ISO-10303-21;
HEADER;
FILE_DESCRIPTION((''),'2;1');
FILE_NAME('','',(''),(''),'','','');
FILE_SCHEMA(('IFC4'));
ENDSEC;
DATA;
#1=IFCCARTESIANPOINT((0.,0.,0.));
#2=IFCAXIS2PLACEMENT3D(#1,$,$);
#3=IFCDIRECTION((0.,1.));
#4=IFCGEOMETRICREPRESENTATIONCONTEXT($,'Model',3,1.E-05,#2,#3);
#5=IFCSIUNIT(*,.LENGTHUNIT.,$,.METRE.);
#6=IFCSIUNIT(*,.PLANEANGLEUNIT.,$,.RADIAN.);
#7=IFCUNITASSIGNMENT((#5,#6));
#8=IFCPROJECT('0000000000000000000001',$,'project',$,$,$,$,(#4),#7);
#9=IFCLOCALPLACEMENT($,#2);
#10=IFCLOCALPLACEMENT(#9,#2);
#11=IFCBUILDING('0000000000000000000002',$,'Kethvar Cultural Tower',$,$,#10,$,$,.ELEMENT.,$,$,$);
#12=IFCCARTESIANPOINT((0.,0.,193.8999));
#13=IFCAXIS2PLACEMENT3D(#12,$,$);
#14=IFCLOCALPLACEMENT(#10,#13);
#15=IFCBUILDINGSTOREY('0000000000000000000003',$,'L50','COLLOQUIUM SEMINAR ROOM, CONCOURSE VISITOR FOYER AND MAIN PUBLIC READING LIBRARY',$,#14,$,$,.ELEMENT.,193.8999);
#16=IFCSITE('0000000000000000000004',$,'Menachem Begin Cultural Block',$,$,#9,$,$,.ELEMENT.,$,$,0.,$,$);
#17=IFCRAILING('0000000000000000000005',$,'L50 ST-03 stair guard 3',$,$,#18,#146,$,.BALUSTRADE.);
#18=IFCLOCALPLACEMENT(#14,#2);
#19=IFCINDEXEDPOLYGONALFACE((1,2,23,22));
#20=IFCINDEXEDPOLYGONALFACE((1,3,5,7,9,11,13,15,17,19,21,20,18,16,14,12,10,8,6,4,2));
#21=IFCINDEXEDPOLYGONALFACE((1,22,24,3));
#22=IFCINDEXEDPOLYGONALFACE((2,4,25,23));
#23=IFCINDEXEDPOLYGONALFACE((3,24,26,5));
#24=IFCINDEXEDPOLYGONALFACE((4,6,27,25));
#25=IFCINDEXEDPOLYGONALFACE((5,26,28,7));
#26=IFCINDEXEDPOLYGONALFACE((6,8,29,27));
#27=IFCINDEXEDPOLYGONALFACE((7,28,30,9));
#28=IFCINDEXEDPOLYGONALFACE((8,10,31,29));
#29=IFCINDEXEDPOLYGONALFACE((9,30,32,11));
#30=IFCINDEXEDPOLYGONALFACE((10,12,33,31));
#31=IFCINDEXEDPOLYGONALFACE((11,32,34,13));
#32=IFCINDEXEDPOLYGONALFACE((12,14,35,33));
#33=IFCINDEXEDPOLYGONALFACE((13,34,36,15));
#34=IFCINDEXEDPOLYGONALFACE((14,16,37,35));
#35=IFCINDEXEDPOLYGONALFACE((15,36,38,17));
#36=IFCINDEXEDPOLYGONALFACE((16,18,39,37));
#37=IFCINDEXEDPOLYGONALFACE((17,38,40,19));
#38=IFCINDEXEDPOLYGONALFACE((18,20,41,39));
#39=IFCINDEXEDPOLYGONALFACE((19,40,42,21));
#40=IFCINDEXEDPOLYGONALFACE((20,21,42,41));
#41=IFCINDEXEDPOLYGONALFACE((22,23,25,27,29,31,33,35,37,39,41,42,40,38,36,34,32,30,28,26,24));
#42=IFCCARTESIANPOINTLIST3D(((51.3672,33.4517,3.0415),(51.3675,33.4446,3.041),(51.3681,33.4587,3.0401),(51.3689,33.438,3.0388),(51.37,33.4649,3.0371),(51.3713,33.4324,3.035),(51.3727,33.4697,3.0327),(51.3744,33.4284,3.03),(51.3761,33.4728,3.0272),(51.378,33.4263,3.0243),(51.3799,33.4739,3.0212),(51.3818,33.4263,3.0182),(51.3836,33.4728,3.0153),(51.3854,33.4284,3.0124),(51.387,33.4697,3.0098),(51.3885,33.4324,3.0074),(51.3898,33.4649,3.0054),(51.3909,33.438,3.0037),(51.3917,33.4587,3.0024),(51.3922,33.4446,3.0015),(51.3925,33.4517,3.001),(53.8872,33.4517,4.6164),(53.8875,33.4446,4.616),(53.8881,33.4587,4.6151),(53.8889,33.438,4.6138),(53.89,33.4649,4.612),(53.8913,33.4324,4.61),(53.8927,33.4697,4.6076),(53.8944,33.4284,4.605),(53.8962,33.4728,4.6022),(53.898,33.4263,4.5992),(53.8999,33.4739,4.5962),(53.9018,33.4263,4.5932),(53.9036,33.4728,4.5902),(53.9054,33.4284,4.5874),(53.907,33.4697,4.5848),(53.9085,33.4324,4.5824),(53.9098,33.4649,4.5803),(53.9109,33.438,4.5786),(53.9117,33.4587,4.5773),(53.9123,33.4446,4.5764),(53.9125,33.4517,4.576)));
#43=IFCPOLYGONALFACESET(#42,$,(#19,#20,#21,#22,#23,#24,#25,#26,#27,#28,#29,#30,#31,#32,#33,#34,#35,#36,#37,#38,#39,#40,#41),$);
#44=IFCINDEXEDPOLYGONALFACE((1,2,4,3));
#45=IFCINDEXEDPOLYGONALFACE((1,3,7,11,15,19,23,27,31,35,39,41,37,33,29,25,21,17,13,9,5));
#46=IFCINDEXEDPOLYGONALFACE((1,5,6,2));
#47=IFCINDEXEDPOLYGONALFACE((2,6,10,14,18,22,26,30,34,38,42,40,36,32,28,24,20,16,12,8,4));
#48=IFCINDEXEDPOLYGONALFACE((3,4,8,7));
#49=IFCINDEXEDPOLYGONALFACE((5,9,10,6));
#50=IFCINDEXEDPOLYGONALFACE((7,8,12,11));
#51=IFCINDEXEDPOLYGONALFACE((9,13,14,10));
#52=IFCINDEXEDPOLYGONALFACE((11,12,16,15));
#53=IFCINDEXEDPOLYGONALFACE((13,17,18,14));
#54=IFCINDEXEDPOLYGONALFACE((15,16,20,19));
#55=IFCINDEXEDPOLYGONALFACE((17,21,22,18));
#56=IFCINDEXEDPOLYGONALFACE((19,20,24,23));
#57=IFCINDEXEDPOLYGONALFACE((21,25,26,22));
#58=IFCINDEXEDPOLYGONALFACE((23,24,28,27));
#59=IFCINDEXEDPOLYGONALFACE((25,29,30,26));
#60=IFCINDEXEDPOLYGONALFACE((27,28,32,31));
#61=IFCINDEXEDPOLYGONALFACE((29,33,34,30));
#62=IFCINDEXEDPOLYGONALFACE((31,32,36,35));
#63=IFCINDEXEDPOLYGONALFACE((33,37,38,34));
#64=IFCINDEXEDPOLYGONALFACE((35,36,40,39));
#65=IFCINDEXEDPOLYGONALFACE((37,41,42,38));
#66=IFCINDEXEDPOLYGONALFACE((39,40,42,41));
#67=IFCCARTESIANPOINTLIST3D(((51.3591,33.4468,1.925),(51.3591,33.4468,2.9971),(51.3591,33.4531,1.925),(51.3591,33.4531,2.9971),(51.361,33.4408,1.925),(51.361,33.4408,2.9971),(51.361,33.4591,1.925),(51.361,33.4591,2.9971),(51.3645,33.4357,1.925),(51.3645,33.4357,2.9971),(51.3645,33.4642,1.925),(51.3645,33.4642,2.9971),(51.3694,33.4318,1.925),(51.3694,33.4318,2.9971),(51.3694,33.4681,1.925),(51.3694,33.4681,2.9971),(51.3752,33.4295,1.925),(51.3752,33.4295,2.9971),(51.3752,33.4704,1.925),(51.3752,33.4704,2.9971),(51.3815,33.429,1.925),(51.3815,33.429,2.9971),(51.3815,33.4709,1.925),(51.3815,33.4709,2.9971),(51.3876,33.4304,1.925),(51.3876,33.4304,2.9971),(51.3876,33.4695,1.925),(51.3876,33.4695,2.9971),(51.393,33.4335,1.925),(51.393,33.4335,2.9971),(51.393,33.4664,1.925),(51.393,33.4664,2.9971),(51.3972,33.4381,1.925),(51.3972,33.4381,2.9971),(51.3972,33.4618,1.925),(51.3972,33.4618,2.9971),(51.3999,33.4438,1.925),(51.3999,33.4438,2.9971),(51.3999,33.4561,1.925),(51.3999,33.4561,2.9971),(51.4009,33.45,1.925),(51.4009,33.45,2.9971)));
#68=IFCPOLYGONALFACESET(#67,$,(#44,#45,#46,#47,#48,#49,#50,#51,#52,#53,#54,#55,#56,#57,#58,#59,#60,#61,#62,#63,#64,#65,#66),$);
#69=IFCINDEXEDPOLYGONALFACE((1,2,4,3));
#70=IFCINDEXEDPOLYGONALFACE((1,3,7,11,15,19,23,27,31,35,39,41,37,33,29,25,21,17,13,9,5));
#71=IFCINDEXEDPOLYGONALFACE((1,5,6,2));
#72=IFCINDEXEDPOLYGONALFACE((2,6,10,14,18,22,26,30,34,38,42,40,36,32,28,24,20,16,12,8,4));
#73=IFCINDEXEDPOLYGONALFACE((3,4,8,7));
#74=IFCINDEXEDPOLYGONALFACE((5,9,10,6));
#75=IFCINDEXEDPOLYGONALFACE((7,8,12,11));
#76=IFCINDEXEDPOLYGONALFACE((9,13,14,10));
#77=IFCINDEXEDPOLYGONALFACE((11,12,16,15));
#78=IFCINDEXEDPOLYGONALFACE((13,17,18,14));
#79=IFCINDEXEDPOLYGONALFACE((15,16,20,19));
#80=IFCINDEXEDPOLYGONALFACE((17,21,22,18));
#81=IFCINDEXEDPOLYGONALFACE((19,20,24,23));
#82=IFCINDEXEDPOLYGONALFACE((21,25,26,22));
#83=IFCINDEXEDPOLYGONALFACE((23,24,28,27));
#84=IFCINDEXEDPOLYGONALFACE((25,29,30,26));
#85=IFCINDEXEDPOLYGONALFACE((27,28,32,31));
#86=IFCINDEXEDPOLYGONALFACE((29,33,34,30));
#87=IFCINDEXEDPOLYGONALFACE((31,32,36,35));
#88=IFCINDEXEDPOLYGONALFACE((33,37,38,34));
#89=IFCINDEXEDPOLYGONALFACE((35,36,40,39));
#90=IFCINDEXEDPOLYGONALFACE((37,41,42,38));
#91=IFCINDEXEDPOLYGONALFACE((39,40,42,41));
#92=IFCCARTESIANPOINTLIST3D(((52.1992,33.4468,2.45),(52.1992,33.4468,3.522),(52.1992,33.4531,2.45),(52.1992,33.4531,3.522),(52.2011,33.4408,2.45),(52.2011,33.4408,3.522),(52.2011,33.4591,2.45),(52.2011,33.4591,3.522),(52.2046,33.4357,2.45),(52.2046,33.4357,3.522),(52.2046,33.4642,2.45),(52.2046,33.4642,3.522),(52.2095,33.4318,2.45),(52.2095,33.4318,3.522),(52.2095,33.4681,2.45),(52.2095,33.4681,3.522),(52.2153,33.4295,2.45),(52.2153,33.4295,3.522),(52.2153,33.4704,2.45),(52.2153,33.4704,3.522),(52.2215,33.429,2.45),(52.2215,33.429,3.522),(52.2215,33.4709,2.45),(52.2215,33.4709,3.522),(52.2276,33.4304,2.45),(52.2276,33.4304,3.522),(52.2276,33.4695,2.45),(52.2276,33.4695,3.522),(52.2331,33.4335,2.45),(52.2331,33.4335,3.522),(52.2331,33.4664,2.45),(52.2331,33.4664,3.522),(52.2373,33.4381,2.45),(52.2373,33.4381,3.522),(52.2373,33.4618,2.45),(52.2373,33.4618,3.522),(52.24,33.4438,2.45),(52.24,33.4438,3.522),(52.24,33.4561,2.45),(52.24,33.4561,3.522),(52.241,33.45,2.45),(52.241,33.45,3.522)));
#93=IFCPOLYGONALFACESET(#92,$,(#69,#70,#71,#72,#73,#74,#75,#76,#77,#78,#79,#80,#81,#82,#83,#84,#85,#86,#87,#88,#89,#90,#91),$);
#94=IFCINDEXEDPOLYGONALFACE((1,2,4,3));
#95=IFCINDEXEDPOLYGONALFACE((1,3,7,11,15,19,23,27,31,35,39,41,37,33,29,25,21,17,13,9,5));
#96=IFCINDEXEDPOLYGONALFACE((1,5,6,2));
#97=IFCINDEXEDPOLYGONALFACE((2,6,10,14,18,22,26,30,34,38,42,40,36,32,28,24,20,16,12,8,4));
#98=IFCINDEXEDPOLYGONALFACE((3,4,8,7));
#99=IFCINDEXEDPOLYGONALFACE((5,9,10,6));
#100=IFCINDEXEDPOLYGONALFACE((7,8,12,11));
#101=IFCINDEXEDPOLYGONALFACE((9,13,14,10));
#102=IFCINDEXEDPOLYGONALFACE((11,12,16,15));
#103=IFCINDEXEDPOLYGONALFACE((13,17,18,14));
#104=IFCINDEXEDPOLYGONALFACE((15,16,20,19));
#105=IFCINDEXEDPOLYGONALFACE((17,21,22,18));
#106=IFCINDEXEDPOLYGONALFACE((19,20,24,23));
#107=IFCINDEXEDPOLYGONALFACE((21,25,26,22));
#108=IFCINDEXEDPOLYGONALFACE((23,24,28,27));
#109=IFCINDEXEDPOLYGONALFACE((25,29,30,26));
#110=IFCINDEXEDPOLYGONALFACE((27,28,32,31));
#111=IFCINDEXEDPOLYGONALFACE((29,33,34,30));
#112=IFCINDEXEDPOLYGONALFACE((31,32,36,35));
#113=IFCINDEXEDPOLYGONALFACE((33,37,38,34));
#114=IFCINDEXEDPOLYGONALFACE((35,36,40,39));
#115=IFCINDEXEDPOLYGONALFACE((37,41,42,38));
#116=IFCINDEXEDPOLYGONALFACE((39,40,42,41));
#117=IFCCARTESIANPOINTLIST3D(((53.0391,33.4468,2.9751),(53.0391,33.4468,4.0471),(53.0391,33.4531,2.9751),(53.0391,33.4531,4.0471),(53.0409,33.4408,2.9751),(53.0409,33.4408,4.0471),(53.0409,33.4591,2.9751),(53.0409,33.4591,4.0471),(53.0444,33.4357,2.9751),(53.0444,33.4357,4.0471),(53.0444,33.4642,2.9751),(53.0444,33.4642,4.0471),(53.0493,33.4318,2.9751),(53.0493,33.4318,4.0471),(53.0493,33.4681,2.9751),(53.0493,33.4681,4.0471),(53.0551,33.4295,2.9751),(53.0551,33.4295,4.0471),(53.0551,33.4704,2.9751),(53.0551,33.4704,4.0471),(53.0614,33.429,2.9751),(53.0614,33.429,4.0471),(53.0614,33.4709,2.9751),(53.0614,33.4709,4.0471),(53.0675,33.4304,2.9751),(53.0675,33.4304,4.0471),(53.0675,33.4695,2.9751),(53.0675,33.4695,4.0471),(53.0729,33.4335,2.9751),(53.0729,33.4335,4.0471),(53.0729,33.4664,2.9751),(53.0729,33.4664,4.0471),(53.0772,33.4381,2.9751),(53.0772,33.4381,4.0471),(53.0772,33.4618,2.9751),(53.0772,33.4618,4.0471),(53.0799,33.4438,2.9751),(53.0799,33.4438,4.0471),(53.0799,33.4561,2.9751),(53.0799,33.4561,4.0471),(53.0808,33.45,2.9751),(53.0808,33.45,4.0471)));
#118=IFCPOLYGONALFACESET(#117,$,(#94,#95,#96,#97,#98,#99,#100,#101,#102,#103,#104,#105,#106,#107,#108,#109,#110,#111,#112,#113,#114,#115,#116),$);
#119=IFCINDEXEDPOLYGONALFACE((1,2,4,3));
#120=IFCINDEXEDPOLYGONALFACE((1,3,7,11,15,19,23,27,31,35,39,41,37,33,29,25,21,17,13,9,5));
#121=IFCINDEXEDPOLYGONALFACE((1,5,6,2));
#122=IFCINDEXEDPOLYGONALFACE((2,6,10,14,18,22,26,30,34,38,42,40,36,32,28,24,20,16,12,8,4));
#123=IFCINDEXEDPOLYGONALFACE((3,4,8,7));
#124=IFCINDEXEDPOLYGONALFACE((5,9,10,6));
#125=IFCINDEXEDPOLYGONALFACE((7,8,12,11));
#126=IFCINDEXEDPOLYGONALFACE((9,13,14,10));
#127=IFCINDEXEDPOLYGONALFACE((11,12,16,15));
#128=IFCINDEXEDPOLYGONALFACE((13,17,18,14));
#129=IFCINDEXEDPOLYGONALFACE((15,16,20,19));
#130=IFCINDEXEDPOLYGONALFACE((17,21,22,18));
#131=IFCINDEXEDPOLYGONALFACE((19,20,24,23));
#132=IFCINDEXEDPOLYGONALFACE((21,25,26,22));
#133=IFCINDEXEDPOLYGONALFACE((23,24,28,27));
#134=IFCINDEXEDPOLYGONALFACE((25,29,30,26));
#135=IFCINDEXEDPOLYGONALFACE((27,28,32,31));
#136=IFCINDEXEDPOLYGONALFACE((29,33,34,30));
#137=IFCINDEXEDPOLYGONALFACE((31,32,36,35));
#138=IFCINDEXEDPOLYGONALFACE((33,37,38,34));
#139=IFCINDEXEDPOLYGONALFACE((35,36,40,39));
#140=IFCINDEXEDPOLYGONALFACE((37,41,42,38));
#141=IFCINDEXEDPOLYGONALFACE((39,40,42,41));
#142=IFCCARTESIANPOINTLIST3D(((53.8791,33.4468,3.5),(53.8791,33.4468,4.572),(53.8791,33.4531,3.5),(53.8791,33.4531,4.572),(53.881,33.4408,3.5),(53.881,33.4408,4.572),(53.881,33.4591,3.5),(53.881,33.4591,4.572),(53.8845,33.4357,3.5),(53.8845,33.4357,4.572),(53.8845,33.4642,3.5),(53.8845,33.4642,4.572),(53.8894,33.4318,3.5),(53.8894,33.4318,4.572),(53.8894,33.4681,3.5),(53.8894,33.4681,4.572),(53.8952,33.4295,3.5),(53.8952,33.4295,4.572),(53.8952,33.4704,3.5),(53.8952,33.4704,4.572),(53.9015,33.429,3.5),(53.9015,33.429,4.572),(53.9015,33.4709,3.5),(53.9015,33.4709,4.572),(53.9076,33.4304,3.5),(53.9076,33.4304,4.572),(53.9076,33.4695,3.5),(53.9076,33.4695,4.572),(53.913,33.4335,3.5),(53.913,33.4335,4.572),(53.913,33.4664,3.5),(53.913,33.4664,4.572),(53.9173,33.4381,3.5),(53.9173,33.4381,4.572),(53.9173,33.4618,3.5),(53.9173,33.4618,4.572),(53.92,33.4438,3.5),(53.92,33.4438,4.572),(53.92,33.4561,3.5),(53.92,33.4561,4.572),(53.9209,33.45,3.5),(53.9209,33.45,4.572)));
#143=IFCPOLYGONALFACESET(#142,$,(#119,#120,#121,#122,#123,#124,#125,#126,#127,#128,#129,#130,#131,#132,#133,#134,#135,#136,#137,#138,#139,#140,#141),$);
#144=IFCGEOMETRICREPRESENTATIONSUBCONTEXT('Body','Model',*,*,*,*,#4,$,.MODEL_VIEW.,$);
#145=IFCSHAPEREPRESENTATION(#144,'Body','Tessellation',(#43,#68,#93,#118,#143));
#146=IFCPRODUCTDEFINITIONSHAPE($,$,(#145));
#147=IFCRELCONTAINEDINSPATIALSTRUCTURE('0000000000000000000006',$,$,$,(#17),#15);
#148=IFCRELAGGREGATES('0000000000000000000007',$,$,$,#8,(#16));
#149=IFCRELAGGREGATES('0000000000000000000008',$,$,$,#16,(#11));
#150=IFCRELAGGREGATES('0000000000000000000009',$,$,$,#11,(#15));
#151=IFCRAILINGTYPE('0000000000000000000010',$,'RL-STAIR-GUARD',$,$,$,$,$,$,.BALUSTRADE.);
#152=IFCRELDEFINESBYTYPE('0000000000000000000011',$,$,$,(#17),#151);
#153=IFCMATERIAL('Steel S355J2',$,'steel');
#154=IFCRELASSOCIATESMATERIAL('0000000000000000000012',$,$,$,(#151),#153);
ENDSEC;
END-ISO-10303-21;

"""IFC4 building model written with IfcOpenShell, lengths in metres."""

from ifc_helpers import new_model, si_unit, direction, frame, origin, origin_2d, place, context, subcontext, project, spatial, circle, extrude, material, type_object, element, save


model = new_model("IFC4")

# Units and contexts
model_context = context("Model", 3, precision=1e-05, world=origin(), true_north=direction((0.0, 1.0)))
body_context = subcontext(model_context, "Body", "Model", "MODEL_VIEW")
ifc_project = project(units=[si_unit("LENGTHUNIT", "METRE"), si_unit("PLANEANGLEUNIT", "RADIAN")], contexts=[model_context])

# Site, building, storey
site_placement = place(None, origin())
site = spatial("IfcSite", under=ifc_project, at=site_placement, Name="Menachem Begin Cultural Block", CompositionType="ELEMENT", RefElevation=0.0)
building_placement = place(site_placement, origin())
building = spatial("IfcBuilding", under=site, at=building_placement, Name="Kethvar Cultural Tower", CompositionType="ELEMENT")
storey_placement = place(building_placement, frame((0.0, 0.0, 193.8999)))
storey = spatial("IfcBuildingStorey", under=building, at=storey_placement, Name="L50", Description="COLLOQUIUM SEMINAR ROOM, CONCOURSE VISITOR FOYER AND MAIN PUBLIC READING LIBRARY", CompositionType="ELEMENT", Elevation=193.8999)

# Shared definitions
ifc_material_1 = material(Name="Steel S355J2", Category="steel")

# Railing
railing_type_1 = type_object("IfcRailingType", Name="RL-STAIR-GUARD", PredefinedType="BALUSTRADE", material=ifc_material_1)
railing_1_placement = place(storey_placement, frame((51.3799, 33.45, 1.925)))
element("IfcRailing", 1, at=railing_1_placement, inside=storey, type_object=railing_type_1, Name="L50 ST-03 stair guard 3", PredefinedType="BALUSTRADE", context=body_context, shape_type="SweptSolid", body=[
    extrude(circle(Radius=0.0239, at=origin_2d()), frame((0.0, 0.0, 1.0962), z_axis=(0.848008, 0.0, 0.529984), x_axis=(0.0, 1.0, 0.0)), (0.0, 0.0, 1.0), 2.9717),
    extrude(circle(Radius=0.021, at=origin_2d()), origin(), (0.0, 0.0, 1.0), 1.072),
    extrude(circle(Radius=0.021, at=origin_2d()), frame((0.8401, 0.0, 0.5249)), (0.0, 0.0, 1.0), 1.072),
    extrude(circle(Radius=0.021, at=origin_2d()), frame((1.6799, 0.0, 1.05)), (0.0, 0.0, 1.0), 1.072),
    extrude(circle(Radius=0.021, at=origin_2d()), frame((2.52, 0.0, 1.575)), (0.0, 0.0, 1.0), 1.072),
])

save(model, "model.ifc")
